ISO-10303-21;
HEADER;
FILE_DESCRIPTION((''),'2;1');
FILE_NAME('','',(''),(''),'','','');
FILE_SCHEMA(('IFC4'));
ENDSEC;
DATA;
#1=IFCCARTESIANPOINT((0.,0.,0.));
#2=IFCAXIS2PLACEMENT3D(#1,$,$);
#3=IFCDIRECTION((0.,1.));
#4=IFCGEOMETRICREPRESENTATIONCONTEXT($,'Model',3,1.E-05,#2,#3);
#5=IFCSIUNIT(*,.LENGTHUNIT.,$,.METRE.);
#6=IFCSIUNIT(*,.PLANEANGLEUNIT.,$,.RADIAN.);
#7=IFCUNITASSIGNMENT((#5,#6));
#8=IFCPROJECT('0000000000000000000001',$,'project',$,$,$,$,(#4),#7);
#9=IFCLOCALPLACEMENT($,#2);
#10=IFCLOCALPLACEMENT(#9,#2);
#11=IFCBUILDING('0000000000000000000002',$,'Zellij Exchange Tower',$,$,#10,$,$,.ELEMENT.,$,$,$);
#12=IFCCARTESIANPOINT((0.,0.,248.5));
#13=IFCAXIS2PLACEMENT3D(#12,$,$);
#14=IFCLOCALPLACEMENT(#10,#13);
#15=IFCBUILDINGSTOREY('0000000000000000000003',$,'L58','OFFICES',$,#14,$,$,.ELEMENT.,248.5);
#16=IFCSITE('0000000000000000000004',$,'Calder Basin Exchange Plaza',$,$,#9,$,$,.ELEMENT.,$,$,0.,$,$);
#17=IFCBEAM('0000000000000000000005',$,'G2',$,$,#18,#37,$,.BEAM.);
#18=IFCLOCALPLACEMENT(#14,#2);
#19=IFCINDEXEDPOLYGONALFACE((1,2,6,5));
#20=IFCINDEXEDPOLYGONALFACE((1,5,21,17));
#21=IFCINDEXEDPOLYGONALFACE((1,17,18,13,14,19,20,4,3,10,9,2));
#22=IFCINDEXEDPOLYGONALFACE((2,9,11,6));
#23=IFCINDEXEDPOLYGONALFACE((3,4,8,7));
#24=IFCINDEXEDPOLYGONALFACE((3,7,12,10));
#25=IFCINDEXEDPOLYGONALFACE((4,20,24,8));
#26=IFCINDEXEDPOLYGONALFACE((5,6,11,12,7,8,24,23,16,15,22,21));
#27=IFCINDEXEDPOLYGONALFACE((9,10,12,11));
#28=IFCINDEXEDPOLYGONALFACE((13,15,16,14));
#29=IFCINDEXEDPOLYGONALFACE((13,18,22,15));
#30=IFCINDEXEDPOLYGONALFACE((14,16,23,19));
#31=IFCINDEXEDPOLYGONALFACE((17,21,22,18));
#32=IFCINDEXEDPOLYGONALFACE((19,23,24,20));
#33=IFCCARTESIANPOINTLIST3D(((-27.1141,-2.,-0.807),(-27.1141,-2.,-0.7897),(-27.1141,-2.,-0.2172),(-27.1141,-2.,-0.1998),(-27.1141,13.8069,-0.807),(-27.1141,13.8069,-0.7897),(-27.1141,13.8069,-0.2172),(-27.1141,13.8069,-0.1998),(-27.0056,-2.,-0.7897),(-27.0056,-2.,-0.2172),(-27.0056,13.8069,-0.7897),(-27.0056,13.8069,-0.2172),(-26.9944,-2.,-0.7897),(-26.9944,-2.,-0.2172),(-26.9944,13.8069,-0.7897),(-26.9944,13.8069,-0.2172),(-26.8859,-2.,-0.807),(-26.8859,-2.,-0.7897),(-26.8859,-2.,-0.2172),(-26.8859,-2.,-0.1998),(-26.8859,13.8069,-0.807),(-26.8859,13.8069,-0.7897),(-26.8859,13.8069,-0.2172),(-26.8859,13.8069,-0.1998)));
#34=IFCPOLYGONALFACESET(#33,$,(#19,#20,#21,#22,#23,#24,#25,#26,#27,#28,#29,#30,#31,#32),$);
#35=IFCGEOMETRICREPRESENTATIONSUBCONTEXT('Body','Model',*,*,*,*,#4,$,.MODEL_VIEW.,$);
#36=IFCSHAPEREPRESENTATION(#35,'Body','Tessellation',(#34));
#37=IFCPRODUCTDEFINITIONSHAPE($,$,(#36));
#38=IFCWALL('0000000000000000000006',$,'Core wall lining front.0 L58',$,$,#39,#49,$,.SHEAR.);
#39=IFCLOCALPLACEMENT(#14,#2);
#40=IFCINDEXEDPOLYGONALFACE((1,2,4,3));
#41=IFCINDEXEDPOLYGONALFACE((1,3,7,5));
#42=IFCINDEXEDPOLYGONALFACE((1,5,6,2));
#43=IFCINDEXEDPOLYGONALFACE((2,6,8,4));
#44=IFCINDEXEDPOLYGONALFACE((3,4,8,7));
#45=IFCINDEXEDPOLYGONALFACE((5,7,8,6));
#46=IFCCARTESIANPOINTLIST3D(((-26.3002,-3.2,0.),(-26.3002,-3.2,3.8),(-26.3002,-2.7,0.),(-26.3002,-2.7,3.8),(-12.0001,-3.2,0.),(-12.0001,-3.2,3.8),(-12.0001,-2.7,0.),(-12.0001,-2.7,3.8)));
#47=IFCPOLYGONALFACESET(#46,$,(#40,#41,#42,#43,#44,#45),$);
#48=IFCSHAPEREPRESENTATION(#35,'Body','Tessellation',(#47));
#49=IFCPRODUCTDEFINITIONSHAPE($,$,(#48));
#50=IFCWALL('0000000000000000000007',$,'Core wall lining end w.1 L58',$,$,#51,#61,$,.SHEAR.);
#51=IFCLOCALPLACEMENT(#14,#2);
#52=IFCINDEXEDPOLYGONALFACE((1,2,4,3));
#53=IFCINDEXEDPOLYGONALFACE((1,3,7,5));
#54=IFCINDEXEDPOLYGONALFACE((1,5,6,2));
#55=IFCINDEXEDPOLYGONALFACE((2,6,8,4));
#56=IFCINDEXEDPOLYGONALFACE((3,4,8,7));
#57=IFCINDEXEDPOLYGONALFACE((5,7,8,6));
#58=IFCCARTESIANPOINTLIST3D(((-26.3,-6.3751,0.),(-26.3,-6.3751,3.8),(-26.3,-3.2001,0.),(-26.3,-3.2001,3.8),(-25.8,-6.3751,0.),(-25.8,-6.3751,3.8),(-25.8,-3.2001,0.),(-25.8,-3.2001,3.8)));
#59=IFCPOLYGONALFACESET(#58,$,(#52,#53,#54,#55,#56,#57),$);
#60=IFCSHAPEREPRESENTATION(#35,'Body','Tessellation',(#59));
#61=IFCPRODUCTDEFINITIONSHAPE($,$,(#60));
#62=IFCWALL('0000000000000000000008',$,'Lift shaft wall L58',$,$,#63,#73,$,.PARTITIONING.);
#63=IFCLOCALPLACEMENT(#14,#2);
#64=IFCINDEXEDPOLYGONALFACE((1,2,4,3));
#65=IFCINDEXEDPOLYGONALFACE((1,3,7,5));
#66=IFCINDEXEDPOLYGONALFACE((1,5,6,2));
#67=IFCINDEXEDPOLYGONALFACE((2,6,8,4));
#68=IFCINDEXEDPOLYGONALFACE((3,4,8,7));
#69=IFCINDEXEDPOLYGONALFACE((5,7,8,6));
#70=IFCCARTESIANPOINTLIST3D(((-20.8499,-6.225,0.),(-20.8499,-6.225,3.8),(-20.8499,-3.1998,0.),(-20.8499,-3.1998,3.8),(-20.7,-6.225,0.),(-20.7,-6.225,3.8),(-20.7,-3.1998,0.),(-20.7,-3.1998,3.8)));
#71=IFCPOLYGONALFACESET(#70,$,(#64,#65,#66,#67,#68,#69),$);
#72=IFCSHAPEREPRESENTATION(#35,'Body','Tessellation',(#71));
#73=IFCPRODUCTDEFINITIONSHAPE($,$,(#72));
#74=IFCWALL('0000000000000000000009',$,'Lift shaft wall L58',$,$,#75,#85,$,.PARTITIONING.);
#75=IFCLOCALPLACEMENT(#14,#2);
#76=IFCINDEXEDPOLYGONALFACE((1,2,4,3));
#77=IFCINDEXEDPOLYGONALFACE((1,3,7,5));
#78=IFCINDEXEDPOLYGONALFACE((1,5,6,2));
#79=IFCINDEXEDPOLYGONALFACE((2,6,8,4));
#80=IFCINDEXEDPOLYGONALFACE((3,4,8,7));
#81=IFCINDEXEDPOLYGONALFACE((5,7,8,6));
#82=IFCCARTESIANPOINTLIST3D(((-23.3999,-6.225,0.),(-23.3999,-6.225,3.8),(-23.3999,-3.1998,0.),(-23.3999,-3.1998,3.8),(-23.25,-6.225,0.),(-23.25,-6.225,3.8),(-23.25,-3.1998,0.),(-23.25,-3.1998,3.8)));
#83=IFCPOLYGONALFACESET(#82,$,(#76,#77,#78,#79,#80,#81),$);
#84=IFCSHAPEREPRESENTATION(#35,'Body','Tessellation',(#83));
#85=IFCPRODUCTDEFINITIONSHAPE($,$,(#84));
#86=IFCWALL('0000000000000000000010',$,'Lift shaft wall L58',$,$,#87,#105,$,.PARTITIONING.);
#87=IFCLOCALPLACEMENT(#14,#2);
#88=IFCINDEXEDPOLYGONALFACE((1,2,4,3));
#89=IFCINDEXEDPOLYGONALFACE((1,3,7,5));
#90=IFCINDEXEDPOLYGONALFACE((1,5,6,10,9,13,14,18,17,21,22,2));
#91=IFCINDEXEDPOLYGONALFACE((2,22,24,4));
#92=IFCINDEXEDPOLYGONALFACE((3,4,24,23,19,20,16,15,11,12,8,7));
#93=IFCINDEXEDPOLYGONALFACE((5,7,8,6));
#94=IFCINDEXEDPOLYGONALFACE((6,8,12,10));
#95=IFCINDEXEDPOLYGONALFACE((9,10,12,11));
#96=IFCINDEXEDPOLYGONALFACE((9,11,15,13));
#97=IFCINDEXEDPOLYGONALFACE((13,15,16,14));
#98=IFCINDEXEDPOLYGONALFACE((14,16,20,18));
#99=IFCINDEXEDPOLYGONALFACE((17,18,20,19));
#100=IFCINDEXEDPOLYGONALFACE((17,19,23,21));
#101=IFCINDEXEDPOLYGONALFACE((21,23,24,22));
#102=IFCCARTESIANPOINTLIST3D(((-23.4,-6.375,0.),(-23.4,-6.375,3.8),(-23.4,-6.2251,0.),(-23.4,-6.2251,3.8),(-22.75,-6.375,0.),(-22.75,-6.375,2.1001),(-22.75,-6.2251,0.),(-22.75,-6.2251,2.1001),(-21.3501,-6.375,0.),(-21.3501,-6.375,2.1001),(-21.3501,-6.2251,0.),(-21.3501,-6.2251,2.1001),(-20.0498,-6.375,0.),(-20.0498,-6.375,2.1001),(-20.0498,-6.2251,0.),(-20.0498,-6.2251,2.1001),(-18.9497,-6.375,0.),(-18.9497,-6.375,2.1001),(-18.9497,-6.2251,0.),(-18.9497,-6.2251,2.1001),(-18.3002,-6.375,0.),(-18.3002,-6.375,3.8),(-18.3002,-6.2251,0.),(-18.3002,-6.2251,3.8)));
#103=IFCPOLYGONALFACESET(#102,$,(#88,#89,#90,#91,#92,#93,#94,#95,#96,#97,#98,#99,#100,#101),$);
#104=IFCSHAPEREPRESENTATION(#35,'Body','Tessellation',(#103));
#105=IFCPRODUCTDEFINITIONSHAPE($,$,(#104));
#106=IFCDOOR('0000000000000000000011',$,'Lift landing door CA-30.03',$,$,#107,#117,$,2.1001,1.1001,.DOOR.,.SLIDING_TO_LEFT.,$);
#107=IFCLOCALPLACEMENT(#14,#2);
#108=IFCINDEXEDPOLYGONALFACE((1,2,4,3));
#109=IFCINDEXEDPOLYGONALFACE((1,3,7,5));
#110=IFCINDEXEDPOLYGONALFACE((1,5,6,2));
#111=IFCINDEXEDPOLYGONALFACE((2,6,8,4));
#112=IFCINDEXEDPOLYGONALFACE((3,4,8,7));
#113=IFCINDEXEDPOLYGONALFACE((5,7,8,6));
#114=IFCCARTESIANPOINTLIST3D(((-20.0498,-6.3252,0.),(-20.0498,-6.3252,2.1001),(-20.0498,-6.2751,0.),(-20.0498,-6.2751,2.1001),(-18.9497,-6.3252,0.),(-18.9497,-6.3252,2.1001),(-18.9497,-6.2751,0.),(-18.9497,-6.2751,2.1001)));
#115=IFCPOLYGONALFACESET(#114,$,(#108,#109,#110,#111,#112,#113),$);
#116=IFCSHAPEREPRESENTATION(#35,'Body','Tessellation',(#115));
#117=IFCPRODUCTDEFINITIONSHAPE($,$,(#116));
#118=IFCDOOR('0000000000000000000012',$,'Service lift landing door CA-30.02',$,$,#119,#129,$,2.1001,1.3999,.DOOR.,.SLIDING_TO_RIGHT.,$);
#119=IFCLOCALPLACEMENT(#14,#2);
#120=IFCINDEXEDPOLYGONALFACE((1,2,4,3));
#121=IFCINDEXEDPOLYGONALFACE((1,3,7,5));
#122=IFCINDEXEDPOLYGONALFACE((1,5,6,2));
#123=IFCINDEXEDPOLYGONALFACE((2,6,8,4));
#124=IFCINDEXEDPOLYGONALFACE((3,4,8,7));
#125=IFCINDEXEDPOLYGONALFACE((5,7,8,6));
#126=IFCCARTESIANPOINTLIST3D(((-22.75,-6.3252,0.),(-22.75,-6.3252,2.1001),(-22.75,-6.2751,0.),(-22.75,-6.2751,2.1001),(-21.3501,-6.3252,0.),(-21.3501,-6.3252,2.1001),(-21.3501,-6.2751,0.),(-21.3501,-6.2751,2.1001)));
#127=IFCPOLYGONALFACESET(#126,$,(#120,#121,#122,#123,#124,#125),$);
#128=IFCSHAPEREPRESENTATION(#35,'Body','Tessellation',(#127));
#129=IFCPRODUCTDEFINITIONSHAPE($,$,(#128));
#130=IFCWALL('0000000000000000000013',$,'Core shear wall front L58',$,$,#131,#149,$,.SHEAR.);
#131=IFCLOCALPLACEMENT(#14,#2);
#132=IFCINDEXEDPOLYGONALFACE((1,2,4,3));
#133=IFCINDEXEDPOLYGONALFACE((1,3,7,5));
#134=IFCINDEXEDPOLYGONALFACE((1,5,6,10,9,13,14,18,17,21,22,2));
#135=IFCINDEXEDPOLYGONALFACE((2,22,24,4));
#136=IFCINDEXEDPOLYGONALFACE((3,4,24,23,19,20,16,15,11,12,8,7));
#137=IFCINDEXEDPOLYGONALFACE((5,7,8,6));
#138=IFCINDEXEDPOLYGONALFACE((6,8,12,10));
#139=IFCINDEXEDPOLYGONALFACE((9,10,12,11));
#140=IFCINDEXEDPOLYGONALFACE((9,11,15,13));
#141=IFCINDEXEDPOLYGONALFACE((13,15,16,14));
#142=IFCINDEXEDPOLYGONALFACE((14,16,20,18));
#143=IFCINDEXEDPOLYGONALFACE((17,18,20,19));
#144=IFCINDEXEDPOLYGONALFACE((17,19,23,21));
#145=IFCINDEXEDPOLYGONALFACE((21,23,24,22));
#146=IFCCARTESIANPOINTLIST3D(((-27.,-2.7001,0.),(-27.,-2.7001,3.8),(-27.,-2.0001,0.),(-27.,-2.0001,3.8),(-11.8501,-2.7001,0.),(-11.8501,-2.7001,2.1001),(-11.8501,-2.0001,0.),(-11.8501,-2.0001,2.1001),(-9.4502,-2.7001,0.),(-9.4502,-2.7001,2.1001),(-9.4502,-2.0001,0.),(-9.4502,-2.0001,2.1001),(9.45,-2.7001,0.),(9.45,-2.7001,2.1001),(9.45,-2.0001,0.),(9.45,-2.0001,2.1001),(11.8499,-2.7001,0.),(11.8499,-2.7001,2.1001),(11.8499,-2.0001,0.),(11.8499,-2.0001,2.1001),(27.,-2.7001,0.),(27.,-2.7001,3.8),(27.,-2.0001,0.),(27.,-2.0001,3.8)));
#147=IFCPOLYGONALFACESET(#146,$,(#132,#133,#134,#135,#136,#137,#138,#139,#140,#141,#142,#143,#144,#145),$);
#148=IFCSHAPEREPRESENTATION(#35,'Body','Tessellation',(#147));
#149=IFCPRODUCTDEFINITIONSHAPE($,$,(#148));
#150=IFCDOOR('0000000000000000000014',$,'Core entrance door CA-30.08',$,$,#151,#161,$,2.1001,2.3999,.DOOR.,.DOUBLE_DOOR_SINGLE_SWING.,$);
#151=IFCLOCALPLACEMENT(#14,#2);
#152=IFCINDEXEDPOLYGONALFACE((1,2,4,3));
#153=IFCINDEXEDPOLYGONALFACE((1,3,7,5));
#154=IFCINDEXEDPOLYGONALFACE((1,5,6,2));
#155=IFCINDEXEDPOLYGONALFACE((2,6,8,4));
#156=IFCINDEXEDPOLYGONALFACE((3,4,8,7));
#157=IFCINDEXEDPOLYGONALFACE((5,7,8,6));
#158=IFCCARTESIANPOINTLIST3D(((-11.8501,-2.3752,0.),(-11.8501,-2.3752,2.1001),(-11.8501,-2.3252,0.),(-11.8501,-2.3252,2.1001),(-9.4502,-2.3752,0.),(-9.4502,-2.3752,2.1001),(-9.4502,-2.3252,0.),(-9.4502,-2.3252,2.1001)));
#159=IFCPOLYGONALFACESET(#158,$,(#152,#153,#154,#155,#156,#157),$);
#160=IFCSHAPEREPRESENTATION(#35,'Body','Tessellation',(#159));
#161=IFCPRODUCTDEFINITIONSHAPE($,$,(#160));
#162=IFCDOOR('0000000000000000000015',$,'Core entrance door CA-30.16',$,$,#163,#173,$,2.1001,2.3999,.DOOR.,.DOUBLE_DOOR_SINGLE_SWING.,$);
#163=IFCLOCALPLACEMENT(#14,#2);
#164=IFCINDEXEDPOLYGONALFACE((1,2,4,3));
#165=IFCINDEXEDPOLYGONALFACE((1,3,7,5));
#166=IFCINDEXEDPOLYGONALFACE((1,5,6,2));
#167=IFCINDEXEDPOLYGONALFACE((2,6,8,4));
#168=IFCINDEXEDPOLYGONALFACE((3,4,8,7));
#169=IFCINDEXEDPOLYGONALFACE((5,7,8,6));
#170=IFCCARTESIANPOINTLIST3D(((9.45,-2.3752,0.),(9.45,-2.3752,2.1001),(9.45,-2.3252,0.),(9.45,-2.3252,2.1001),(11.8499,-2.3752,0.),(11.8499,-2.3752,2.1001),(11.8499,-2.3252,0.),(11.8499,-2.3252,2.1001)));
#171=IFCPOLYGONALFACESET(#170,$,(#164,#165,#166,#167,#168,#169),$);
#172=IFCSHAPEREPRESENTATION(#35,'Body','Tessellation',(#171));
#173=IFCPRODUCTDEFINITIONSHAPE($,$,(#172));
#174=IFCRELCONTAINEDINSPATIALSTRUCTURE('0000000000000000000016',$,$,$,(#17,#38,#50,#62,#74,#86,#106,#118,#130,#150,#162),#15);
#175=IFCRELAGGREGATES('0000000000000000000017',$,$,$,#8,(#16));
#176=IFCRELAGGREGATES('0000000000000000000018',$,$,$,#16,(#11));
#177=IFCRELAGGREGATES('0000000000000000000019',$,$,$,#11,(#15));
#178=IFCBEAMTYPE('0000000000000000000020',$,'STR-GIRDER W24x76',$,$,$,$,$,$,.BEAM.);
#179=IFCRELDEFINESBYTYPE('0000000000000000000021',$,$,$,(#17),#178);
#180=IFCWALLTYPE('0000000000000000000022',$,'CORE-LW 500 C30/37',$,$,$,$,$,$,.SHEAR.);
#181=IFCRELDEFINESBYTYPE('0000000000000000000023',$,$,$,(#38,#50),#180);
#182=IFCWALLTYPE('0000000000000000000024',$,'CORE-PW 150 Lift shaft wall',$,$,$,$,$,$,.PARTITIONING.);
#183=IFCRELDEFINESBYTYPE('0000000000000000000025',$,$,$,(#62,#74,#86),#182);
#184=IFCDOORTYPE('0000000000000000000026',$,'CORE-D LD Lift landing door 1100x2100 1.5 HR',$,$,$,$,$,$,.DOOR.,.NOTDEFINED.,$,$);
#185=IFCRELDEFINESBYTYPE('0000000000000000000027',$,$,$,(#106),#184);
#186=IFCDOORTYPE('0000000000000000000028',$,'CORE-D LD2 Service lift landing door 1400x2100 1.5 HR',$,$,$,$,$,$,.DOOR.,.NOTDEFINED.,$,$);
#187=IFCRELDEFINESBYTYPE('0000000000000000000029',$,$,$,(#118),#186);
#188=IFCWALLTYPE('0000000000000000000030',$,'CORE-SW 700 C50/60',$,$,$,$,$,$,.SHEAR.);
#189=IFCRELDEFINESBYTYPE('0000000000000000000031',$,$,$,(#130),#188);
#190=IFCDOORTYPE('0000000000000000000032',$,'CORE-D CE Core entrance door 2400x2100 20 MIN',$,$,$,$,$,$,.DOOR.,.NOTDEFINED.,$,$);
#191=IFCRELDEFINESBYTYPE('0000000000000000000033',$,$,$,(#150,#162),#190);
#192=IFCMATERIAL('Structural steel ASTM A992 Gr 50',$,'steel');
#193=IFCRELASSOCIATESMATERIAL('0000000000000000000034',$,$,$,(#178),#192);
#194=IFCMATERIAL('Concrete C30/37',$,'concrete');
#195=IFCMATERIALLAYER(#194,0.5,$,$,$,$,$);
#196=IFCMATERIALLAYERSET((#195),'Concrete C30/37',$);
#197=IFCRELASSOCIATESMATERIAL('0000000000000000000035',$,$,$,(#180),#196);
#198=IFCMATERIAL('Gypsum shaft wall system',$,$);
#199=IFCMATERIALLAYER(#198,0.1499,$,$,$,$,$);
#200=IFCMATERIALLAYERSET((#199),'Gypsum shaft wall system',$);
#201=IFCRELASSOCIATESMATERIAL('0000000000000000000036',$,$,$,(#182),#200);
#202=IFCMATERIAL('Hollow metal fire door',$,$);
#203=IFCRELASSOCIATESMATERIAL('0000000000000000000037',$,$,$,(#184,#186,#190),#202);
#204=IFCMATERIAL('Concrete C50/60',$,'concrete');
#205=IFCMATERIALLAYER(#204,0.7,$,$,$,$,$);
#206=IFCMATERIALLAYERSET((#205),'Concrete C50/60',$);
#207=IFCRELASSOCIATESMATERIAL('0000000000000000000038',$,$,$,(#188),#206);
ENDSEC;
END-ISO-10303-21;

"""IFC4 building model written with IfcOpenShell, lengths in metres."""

from ifc_helpers import new_model, si_unit, direction, frame, frame_2d, origin, origin_2d, place, context, subcontext, project, spatial, rectangle, i_section, extrude, material, layer, layer_set, material_profile, profile_set, type_object, element, fill, save


model = new_model("IFC4")

# Units and contexts
model_context = context("Model", 3, precision=1e-05, world=origin(), true_north=direction((0.0, 1.0)))
body_context = subcontext(model_context, "Body", "Model", "MODEL_VIEW")
ifc_project = project(units=[si_unit("LENGTHUNIT", "METRE"), si_unit("PLANEANGLEUNIT", "RADIAN")], contexts=[model_context])

# Site, building, storey
site_placement = place(None, origin())
site = spatial("IfcSite", under=ifc_project, at=site_placement, Name="Calder Basin Exchange Plaza", CompositionType="ELEMENT", RefElevation=0.0)
building_placement = place(site_placement, origin())
building = spatial("IfcBuilding", under=site, at=building_placement, Name="Zellij Exchange Tower", CompositionType="ELEMENT")
storey_placement = place(building_placement, frame((0.0, 0.0, 248.5)))
storey = spatial("IfcBuildingStorey", under=building, at=storey_placement, Name="L58", Description="OFFICES", CompositionType="ELEMENT", Elevation=248.5)

# Shared definitions
ifc_material_1 = material(Name="Concrete C50/60", Category="concrete")
ifc_material_2 = material(Name="Structural steel ASTM A992 Gr 50", Category="steel")

# Beam
ifc_material_profile_1 = material_profile(ifc_material_2, i_section(OverallWidth=0.2283, OverallDepth=0.6072, WebThickness=0.0112, FlangeThickness=0.0173, at=origin_2d()), Name="W24x76")
ifc_profile_set_1 = profile_set([ifc_material_profile_1], Name="Structural steel ASTM A992 Gr 50")
beam_type_1 = type_object("IfcBeamType", Name="STR-GIRDER W24x76", PredefinedType="BEAM", material=ifc_profile_set_1)
beam_1_placement = place(storey_placement, frame((-27.0, -2.0, -0.5034), z_axis=(0.0, 1.0, 0.0), x_axis=(-1.0, 0.0, 0.0)))
element("IfcBeam", 1, at=beam_1_placement, inside=storey, type_object=beam_type_1, Name="G2", PredefinedType="BEAM", context=body_context, shape_type="SweptSolid", body=[
    extrude(i_section(OverallWidth=0.2283, OverallDepth=0.6072, WebThickness=0.0112, FlangeThickness=0.0173, at=origin_2d()), origin(), (0.0, 0.0, 1.0), 15.8069),
])

# Walls
ifc_material_3 = material(Name="Concrete C30/37", Category="concrete")
ifc_layer_1 = layer(ifc_material_3, 0.5)
ifc_layer_set_1 = layer_set([ifc_layer_1], Name="Concrete C30/37")
wall_type_1 = type_object("IfcWallType", Name="CORE-LW 500 C30/37", PredefinedType="SHEAR", material=ifc_layer_set_1)
wall_1_placement = place(storey_placement, frame((-26.3, -2.95, 0.0), z_axis=(0.0, 0.0, 1.0), x_axis=(1.0, 0.0, 0.0)))
element("IfcWall", 2, at=wall_1_placement, inside=storey, type_object=wall_type_1, Name="Core wall lining front.0 L58", PredefinedType="SHEAR", context=body_context, shape_type="SweptSolid", body=[
    extrude(rectangle(XDim=14.3, YDim=0.5, at=frame_2d((7.1499, 0.0))), origin(), (0.0, 0.0, 1.0), 3.8),
])
wall_2_placement = place(storey_placement, frame((-26.05, -6.375, 0.0), z_axis=(0.0, 0.0, 1.0), x_axis=(0.0, 1.0, 0.0)))
element("IfcWall", 3, at=wall_2_placement, inside=storey, type_object=wall_type_1, Name="Core wall lining end w.1 L58", PredefinedType="SHEAR", context=body_context, shape_type="SweptSolid", body=[
    extrude(rectangle(XDim=3.175, YDim=0.5, at=frame_2d((1.5874, 0.0))), origin(), (0.0, 0.0, 1.0), 3.8),
])
ifc_material_4 = material(Name="Gypsum shaft wall system")
ifc_layer_2 = layer(ifc_material_4, 0.1499)
ifc_layer_set_2 = layer_set([ifc_layer_2], Name="Gypsum shaft wall system")
wall_type_2 = type_object("IfcWallType", Name="CORE-PW 150 Lift shaft wall", PredefinedType="PARTITIONING", material=ifc_layer_set_2)
for number, where, z_axis, x_axis, name in (
    (4, (-20.7749, -6.2251, 0.0), (0.0, 0.0, 1.0), (0.0, 1.0, 0.0), "Lift shaft wall L58"),
    (5, (-23.325, -6.2251, 0.0), (0.0, 0.0, 1.0), (0.0, 1.0, 0.0), "Lift shaft wall L58"),
):
    element("IfcWall", number, at=place(storey_placement, frame(where, z_axis=z_axis, x_axis=x_axis)), inside=storey, type_object=wall_type_2, Name=name, PredefinedType="PARTITIONING", context=body_context, shape_type="SweptSolid", body=[
        extrude(rectangle(XDim=3.0251, YDim=0.1499, at=frame_2d((1.5127, 0.0))), origin(), (0.0, 0.0, 1.0), 3.8),
    ])

# Walls, openings, doors
wall_3_placement = place(storey_placement, frame((-23.3999, -6.3, 0.0), z_axis=(0.0, 0.0, 1.0), x_axis=(1.0, 0.0, 0.0)))
wall_3 = element("IfcWall", 6, at=wall_3_placement, inside=storey, type_object=wall_type_2, Name="Lift shaft wall L58", PredefinedType="PARTITIONING", context=body_context, shape_type="SweptSolid", body=[
    extrude(rectangle(XDim=5.0999, YDim=0.1499, at=frame_2d((2.5498, 0.0))), origin(), (0.0, 0.0, 1.0), 3.8),
])
opening_1_placement = place(wall_3_placement, frame((0.6499, 0.0, 0.0)))
opening_1 = element("IfcOpeningElement", 7, at=opening_1_placement, cuts=wall_3, PredefinedType="OPENING", context=body_context, shape_type="SweptSolid", body=[
    extrude(rectangle(XDim=1.3999, YDim=2.1001, at=frame_2d((0.7, 1.05))), frame((0.0, 0.0869, 0.0), z_axis=(0.0, -1.0, 0.0), x_axis=(1.0, 0.0, 0.0)), (0.0, 0.0, 1.0), 0.1738),
])
opening_2_placement = place(wall_3_placement, frame((3.3501, 0.0, 0.0)))
opening_2 = element("IfcOpeningElement", 8, at=opening_2_placement, cuts=wall_3, PredefinedType="OPENING", context=body_context, shape_type="SweptSolid", body=[
    extrude(rectangle(XDim=1.1001, YDim=2.1001, at=frame_2d((0.55, 1.05))), frame((0.0, 0.0869, 0.0), z_axis=(0.0, -1.0, 0.0), x_axis=(1.0, 0.0, 0.0)), (0.0, 0.0, 1.0), 0.1738),
])
ifc_material_5 = material(Name="Hollow metal fire door")
door_type_1 = type_object("IfcDoorType", Name="CORE-D LD Lift landing door 1100x2100 1.5 HR", OperationType="NOTDEFINED", PredefinedType="DOOR", material=ifc_material_5)
door_1_placement = place(opening_2_placement, origin())
door_1 = element("IfcDoor", 9, at=door_1_placement, inside=storey, type_object=door_type_1, Name="Lift landing door CA-30.03", OperationType="SLIDING_TO_LEFT", OverallHeight=2.1001, OverallWidth=1.1001, PredefinedType="DOOR", context=body_context, shape_type="SweptSolid", body=[
    extrude(rectangle(XDim=1.1001, YDim=2.1001, at=frame_2d((0.55, 1.05))), frame((0.0, 0.0249, 0.0), z_axis=(0.0, -1.0, 0.0), x_axis=(1.0, 0.0, 0.0)), (0.0, 0.0, 1.0), 0.05),
])
fill(opening_2, door_1)
door_type_2 = type_object("IfcDoorType", Name="CORE-D LD2 Service lift landing door 1400x2100 1.5 HR", OperationType="NOTDEFINED", PredefinedType="DOOR", material=ifc_material_5)
door_2_placement = place(opening_1_placement, origin())
door_2 = element("IfcDoor", 10, at=door_2_placement, inside=storey, type_object=door_type_2, Name="Service lift landing door CA-30.02", OperationType="SLIDING_TO_RIGHT", OverallHeight=2.1001, OverallWidth=1.3999, PredefinedType="DOOR", context=body_context, shape_type="SweptSolid", body=[
    extrude(rectangle(XDim=1.3999, YDim=2.1001, at=frame_2d((0.7, 1.05))), frame((0.0, 0.0249, 0.0), z_axis=(0.0, -1.0, 0.0), x_axis=(1.0, 0.0, 0.0)), (0.0, 0.0, 1.0), 0.05),
])
fill(opening_1, door_2)
ifc_layer_3 = layer(ifc_material_1, 0.7)
ifc_layer_set_3 = layer_set([ifc_layer_3], Name="Concrete C50/60")
wall_type_3 = type_object("IfcWallType", Name="CORE-SW 700 C50/60", PredefinedType="SHEAR", material=ifc_layer_set_3)
wall_4_placement = place(storey_placement, frame((-27.0, -2.3501, 0.0), z_axis=(0.0, 0.0, 1.0), x_axis=(1.0, 0.0, 0.0)))
wall_4 = element("IfcWall", 11, at=wall_4_placement, inside=storey, type_object=wall_type_3, Name="Core shear wall front L58", PredefinedType="SHEAR", context=body_context, shape_type="SweptSolid", body=[
    extrude(rectangle(XDim=54.0, YDim=0.7, at=frame_2d((27.0, 0.0))), origin(), (0.0, 0.0, 1.0), 3.8),
])
opening_3_placement = place(wall_4_placement, frame((15.1499, 0.0, 0.0)))
opening_3 = element("IfcOpeningElement", 12, at=opening_3_placement, cuts=wall_4, PredefinedType="OPENING", context=body_context, shape_type="SweptSolid", body=[
    extrude(rectangle(XDim=2.3999, YDim=2.1001, at=frame_2d((1.2, 1.05))), frame((0.0, 0.3618, 0.0), z_axis=(0.0, -1.0, 0.0), x_axis=(1.0, 0.0, 0.0)), (0.0, 0.0, 1.0), 0.7239),
])
opening_4_placement = place(wall_4_placement, frame((36.45, 0.0, 0.0)))
opening_4 = element("IfcOpeningElement", 13, at=opening_4_placement, cuts=wall_4, PredefinedType="OPENING", context=body_context, shape_type="SweptSolid", body=[
    extrude(rectangle(XDim=2.3999, YDim=2.1001, at=frame_2d((1.2, 1.05))), frame((0.0, 0.3618, 0.0), z_axis=(0.0, -1.0, 0.0), x_axis=(1.0, 0.0, 0.0)), (0.0, 0.0, 1.0), 0.7239),
])
door_type_3 = type_object("IfcDoorType", Name="CORE-D CE Core entrance door 2400x2100 20 MIN", OperationType="NOTDEFINED", PredefinedType="DOOR", material=ifc_material_5)
door_3_placement = place(opening_3_placement, origin())
door_3 = element("IfcDoor", 14, at=door_3_placement, inside=storey, type_object=door_type_3, Name="Core entrance door CA-30.08", OperationType="DOUBLE_DOOR_SINGLE_SWING", OverallHeight=2.1001, OverallWidth=2.3999, PredefinedType="DOOR", context=body_context, shape_type="SweptSolid", body=[
    extrude(rectangle(XDim=2.3999, YDim=2.1001, at=frame_2d((1.2, 1.05))), frame((0.0, 0.0249, 0.0), z_axis=(0.0, -1.0, 0.0), x_axis=(1.0, 0.0, 0.0)), (0.0, 0.0, 1.0), 0.05),
])
fill(opening_3, door_3)
door_4_placement = place(opening_4_placement, origin())
door_4 = element("IfcDoor", 15, at=door_4_placement, inside=storey, type_object=door_type_3, Name="Core entrance door CA-30.16", OperationType="DOUBLE_DOOR_SINGLE_SWING", OverallHeight=2.1001, OverallWidth=2.3999, PredefinedType="DOOR", context=body_context, shape_type="SweptSolid", body=[
    extrude(rectangle(XDim=2.3999, YDim=2.1001, at=frame_2d((1.2, 1.05))), frame((0.0, 0.0249, 0.0), z_axis=(0.0, -1.0, 0.0), x_axis=(1.0, 0.0, 0.0)), (0.0, 0.0, 1.0), 0.05),
])
fill(opening_4, door_4)

save(model, "model.ifc")
